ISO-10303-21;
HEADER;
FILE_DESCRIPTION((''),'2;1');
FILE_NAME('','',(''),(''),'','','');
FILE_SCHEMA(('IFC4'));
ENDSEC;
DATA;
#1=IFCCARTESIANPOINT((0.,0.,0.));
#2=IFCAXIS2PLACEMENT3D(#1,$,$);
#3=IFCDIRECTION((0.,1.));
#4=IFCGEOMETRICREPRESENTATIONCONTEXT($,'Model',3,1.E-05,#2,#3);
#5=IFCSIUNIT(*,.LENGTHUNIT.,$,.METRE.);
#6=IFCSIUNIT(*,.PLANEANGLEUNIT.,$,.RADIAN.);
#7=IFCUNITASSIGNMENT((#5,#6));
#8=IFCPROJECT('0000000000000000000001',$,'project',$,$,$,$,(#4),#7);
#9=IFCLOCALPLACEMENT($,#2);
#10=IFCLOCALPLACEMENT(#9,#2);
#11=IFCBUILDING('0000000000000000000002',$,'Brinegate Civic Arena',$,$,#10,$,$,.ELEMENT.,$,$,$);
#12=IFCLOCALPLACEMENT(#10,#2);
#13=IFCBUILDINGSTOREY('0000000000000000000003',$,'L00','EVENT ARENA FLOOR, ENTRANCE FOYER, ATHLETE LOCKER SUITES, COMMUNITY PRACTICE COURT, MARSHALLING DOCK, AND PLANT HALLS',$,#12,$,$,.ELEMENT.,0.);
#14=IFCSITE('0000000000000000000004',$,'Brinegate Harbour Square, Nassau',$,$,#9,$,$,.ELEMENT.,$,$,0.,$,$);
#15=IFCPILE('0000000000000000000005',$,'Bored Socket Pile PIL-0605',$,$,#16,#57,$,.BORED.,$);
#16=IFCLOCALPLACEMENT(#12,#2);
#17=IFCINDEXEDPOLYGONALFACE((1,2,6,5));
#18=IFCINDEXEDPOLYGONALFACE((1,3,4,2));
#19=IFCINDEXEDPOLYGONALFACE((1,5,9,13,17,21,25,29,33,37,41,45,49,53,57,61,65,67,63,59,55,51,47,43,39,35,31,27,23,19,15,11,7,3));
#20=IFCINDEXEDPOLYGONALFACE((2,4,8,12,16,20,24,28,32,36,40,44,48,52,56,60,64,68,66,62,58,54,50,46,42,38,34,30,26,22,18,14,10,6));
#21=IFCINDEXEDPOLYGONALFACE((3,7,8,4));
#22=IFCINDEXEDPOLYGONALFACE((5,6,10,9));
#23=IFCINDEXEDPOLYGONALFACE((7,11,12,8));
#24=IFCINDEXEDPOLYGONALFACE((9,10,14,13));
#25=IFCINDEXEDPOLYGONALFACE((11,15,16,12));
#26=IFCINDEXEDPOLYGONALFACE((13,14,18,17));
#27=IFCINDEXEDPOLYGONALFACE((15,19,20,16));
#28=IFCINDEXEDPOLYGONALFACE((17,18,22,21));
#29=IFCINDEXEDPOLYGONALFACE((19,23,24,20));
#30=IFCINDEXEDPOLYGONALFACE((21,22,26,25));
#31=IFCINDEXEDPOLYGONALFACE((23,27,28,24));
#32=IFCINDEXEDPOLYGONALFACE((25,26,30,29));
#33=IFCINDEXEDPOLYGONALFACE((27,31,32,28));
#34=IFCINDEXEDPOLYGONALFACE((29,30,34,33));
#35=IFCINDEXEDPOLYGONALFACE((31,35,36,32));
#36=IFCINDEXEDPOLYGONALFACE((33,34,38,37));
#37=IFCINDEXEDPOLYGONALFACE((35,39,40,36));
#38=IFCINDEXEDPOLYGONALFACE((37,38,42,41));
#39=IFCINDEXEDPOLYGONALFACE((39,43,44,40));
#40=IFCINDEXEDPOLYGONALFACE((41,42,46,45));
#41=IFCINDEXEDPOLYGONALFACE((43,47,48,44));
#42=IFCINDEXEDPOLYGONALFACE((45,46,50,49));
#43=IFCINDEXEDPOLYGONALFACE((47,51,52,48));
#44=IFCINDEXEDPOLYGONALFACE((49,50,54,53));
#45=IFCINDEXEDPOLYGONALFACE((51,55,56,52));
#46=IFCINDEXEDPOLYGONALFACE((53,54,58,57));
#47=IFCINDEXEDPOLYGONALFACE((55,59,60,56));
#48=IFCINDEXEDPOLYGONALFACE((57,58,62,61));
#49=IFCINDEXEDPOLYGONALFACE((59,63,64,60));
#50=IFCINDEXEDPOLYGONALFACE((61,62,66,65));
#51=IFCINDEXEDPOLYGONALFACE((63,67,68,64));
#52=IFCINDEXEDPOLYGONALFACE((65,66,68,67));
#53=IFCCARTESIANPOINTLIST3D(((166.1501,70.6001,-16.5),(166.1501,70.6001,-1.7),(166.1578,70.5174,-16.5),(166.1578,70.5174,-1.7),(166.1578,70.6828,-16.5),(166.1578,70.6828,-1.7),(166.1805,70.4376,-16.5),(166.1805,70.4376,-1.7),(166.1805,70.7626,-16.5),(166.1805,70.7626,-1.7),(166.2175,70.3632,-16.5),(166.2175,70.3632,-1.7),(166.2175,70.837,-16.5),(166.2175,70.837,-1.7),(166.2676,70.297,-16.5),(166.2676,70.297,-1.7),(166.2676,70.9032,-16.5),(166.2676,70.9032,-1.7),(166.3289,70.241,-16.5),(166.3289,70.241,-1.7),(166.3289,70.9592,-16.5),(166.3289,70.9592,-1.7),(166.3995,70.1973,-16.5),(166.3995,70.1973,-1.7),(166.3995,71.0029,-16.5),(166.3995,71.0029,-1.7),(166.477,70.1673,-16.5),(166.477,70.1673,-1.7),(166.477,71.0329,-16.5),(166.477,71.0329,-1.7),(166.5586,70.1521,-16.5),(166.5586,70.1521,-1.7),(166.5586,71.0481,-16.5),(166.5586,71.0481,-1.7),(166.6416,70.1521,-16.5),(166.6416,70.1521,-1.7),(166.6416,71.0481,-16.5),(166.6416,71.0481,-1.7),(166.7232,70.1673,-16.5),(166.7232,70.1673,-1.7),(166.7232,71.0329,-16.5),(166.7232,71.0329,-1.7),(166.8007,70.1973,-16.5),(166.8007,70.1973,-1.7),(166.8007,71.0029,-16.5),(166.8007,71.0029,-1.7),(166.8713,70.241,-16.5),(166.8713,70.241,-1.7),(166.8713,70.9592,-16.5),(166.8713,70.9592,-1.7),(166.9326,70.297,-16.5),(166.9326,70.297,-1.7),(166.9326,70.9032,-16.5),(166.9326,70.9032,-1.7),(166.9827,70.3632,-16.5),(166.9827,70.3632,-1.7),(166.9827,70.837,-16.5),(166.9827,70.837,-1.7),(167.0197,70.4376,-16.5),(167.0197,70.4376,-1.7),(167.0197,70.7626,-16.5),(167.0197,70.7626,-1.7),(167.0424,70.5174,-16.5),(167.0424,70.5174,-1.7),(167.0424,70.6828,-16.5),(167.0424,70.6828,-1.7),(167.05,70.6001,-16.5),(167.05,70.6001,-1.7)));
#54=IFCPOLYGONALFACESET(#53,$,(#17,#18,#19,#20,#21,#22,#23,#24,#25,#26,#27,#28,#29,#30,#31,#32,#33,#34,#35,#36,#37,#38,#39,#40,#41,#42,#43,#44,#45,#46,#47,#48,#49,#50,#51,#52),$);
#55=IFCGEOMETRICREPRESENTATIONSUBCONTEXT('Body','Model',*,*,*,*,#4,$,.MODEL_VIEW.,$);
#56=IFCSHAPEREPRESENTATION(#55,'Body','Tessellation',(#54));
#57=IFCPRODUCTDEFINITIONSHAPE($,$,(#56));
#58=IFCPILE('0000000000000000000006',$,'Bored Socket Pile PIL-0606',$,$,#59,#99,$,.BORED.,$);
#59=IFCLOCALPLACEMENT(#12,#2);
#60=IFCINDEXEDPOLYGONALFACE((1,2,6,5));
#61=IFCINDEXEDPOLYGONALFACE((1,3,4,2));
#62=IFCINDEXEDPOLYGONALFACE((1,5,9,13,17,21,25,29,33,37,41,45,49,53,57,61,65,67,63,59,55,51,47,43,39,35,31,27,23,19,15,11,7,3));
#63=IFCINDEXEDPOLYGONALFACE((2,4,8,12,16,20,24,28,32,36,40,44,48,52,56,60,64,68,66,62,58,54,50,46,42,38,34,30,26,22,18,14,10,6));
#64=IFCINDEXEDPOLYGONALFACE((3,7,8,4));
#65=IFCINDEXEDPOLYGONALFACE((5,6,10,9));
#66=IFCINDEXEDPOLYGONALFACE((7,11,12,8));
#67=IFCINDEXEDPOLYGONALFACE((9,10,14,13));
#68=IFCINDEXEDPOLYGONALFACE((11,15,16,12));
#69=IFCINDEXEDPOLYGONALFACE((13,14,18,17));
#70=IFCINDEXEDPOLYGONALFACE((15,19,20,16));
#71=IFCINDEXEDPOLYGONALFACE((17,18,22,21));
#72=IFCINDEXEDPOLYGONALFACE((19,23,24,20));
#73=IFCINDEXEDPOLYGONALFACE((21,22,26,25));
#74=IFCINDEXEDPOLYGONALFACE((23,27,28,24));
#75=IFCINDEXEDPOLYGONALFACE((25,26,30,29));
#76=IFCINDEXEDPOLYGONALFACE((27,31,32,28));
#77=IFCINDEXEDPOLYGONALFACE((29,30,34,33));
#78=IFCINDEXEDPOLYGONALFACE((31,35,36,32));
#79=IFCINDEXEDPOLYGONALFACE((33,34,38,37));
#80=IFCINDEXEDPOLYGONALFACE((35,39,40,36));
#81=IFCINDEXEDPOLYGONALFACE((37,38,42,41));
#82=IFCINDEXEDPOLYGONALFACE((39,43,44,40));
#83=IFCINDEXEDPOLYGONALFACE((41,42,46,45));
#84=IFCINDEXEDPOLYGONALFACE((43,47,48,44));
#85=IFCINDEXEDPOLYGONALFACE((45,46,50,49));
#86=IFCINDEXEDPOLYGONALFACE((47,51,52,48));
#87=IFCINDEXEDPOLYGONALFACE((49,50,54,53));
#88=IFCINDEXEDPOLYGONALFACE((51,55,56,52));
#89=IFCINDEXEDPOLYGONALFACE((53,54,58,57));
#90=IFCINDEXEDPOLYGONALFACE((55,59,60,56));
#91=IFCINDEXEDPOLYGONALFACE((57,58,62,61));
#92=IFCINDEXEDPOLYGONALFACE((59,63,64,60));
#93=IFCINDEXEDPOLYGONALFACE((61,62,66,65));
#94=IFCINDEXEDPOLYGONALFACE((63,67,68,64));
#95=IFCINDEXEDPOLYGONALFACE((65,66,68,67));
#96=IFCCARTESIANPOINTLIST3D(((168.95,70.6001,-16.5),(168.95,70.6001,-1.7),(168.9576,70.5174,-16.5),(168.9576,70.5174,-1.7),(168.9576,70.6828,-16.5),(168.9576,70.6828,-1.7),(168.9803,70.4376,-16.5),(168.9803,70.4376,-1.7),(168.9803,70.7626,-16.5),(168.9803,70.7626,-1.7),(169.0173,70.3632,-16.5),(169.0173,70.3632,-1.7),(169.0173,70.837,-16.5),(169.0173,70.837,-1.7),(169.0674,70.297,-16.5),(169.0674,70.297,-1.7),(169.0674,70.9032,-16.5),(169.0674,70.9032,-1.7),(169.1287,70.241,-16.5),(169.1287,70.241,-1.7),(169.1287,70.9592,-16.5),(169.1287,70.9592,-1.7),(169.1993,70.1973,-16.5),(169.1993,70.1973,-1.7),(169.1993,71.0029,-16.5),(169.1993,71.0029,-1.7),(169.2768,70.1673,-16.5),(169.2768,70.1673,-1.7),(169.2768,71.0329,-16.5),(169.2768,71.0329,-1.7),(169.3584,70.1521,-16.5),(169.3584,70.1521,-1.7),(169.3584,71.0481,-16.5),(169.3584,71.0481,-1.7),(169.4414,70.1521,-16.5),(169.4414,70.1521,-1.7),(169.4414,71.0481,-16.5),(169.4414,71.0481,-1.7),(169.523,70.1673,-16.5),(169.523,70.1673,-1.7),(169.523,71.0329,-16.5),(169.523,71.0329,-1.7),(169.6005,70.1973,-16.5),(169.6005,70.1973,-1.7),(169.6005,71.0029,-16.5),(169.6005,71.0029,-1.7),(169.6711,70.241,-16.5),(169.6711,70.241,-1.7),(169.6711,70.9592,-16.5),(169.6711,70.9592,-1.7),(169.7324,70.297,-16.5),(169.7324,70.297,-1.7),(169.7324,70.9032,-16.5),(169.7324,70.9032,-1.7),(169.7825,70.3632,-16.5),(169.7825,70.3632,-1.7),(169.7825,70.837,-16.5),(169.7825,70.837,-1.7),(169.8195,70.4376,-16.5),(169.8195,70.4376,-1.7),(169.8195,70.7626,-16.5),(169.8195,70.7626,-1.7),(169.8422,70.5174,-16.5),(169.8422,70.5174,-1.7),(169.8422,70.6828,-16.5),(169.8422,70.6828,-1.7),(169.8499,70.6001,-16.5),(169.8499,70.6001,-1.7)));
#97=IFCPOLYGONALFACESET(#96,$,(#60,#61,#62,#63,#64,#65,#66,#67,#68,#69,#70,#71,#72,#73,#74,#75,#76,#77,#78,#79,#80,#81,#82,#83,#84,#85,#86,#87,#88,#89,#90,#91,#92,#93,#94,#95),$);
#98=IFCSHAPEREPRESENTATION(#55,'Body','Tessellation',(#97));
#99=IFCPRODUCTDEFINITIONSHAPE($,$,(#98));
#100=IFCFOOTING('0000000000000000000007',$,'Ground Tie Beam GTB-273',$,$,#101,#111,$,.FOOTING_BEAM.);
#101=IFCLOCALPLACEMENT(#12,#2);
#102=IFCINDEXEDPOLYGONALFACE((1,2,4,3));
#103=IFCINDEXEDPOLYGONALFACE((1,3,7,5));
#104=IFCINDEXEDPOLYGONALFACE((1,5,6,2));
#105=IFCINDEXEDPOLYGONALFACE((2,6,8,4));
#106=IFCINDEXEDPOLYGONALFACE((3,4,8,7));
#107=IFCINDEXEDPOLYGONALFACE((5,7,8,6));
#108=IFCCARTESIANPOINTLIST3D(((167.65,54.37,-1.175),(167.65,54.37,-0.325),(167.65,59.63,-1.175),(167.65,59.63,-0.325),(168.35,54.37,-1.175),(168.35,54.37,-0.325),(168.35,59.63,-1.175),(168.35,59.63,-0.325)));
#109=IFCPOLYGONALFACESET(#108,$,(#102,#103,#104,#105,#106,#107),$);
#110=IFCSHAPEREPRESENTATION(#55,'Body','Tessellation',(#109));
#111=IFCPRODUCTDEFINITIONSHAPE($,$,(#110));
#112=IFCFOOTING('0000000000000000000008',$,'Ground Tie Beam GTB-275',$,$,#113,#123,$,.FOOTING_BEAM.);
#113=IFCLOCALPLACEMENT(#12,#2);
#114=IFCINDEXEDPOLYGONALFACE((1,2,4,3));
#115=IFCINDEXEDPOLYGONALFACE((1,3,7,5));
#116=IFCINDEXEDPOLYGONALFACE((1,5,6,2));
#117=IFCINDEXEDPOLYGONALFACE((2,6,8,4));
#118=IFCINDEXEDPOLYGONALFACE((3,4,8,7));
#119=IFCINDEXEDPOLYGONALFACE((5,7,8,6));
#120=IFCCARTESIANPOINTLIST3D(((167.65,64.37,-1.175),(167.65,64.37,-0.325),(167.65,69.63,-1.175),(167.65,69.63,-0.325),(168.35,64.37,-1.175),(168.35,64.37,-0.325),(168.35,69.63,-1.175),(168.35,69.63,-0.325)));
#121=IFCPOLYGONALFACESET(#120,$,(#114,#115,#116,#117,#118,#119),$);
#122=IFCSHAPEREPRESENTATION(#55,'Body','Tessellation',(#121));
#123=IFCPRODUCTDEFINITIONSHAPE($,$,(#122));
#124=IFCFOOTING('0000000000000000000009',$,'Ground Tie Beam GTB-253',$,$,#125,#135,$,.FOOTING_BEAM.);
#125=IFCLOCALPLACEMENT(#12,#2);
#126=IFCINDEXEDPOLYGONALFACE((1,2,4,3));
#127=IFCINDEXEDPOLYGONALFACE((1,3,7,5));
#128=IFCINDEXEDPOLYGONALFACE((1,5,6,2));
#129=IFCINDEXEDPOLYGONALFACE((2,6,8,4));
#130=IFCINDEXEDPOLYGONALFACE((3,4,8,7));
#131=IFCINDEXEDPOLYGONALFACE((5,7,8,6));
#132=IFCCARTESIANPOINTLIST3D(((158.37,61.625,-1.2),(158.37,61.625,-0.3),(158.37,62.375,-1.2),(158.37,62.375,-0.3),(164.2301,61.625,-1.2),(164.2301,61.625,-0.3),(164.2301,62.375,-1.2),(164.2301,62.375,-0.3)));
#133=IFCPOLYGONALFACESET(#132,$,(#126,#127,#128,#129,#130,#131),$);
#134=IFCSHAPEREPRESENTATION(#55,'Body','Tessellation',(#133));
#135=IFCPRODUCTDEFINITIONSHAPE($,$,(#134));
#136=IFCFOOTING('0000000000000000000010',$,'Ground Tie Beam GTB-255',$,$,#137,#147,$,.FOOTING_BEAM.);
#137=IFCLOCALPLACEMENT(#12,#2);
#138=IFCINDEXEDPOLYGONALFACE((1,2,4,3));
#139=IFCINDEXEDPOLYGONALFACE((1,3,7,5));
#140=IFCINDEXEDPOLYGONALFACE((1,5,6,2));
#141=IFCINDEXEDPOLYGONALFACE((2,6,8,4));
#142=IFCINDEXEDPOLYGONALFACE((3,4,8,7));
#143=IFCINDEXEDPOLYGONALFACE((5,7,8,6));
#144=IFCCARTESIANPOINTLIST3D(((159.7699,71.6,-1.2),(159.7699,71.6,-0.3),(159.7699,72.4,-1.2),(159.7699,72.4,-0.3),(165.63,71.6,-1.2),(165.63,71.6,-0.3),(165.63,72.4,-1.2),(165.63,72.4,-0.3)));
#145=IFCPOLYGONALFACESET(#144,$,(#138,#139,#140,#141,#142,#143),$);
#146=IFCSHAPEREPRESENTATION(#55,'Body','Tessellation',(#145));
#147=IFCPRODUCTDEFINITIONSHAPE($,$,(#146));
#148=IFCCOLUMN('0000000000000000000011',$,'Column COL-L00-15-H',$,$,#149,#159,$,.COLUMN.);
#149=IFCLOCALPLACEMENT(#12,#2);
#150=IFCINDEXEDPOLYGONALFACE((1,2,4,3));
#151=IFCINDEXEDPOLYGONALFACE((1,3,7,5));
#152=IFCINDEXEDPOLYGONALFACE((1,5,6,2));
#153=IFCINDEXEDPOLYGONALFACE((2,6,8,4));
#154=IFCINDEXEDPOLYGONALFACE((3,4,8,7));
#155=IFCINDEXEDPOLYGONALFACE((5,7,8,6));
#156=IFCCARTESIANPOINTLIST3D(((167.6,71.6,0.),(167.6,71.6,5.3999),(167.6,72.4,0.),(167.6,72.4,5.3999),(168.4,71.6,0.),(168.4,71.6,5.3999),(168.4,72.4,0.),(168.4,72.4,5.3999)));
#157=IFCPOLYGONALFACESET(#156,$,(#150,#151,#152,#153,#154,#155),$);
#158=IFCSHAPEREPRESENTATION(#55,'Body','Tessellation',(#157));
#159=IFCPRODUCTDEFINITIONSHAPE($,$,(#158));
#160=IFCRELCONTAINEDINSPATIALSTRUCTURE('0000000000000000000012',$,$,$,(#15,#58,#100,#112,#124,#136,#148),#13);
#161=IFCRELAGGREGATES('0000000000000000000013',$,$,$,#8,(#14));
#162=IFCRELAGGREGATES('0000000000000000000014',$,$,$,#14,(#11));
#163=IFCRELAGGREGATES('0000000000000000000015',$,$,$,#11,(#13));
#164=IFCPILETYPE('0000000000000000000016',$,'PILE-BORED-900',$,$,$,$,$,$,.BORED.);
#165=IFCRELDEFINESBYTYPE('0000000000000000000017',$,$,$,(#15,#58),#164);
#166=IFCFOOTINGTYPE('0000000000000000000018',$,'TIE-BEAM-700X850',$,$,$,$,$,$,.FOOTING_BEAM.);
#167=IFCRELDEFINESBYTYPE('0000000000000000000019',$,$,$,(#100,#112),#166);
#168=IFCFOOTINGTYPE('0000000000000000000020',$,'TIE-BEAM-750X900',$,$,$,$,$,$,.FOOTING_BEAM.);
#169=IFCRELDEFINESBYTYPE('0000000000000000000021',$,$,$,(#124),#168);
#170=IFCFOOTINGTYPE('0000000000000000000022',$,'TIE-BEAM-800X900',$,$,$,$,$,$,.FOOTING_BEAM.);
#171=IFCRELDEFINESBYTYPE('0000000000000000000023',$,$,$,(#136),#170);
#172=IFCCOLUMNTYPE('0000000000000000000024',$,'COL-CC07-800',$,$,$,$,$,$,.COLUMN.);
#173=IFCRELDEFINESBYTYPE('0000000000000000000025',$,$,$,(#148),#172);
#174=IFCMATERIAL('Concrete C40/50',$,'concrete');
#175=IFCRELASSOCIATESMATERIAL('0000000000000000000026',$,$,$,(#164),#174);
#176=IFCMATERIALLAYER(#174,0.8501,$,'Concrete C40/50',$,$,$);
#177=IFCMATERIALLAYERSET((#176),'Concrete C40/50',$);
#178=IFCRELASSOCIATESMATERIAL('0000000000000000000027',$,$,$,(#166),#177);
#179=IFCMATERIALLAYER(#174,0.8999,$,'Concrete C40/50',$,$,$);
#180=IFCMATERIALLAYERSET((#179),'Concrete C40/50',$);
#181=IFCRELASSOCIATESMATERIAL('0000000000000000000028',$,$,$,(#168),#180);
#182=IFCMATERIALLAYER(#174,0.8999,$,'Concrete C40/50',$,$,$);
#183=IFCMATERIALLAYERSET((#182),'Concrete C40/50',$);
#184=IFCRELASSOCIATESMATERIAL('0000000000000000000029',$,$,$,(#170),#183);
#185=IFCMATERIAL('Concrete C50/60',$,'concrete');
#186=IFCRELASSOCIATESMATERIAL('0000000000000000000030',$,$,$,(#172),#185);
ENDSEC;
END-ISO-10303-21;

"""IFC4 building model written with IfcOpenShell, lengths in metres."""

from ifc_helpers import new_model, si_unit, direction, frame, origin, origin_2d, place, context, subcontext, project, spatial, rectangle, circle, extrude, material, layer, layer_set, material_profile, profile_set, type_object, element, save


model = new_model("IFC4")

# Units and contexts
model_context = context("Model", 3, precision=1e-05, world=origin(), true_north=direction((0.0, 1.0)))
body_context = subcontext(model_context, "Body", "Model", "MODEL_VIEW")
ifc_project = project(units=[si_unit("LENGTHUNIT", "METRE"), si_unit("PLANEANGLEUNIT", "RADIAN")], contexts=[model_context])

# Site, building, storey
site_placement = place(None, origin())
site = spatial("IfcSite", under=ifc_project, at=site_placement, Name="Brinegate Harbour Square, Nassau", CompositionType="ELEMENT", RefElevation=0.0)
building_placement = place(site_placement, origin())
building = spatial("IfcBuilding", under=site, at=building_placement, Name="Brinegate Civic Arena", CompositionType="ELEMENT")
storey_placement = place(building_placement, origin())
storey = spatial("IfcBuildingStorey", under=building, at=storey_placement, Name="L00", Description="EVENT ARENA FLOOR, ENTRANCE FOYER, ATHLETE LOCKER SUITES, COMMUNITY PRACTICE COURT, MARSHALLING DOCK, AND PLANT HALLS", CompositionType="ELEMENT", Elevation=0.0)

# Shared definitions
ifc_material_1 = material(Name="Concrete C40/50", Category="concrete")

# Piles
ifc_material_profile_1 = material_profile(ifc_material_1, circle(Radius=0.45, at=origin_2d()), Name="PILED900")
ifc_profile_set_1 = profile_set([ifc_material_profile_1], Name="Concrete C40/50")
pile_type_1 = type_object("IfcPileType", Name="PILE-BORED-900", PredefinedType="BORED", material=ifc_profile_set_1)
for number, where, z_axis, x_axis, name in (
    (1, (166.6001, 70.6001, -1.7), (0.0, 0.0, -1.0), (1.0, 0.0, 0.0), "Bored Socket Pile PIL-0605"),
    (2, (169.3999, 70.6001, -1.7), (0.0, 0.0, -1.0), (1.0, 0.0, 0.0), "Bored Socket Pile PIL-0606"),
):
    element("IfcPile", number, at=place(storey_placement, frame(where, z_axis=z_axis, x_axis=x_axis)), inside=storey, type_object=pile_type_1, Name=name, PredefinedType="BORED", context=body_context, shape_type="SweptSolid", body=[
        extrude(circle(Radius=0.45, at=origin_2d()), origin(), (0.0, 0.0, 1.0), 14.8),
    ])

# Footings
ifc_layer_1 = layer(ifc_material_1, 0.8501, Name="Concrete C40/50")
ifc_layer_set_1 = layer_set([ifc_layer_1], Name="Concrete C40/50")
footing_type_1 = type_object("IfcFootingType", Name="TIE-BEAM-700X850", PredefinedType="FOOTING_BEAM", material=ifc_layer_set_1)
for number, where, z_axis, x_axis, name in (
    (3, (168.0, 57.0, -1.175), (0.0, 0.0, 1.0), (0.0, 1.0, 0.0), "Ground Tie Beam GTB-273"),
    (4, (168.0, 67.0, -1.175), (0.0, 0.0, 1.0), (0.0, 1.0, 0.0), "Ground Tie Beam GTB-275"),
):
    element("IfcFooting", number, at=place(storey_placement, frame(where, z_axis=z_axis, x_axis=x_axis)), inside=storey, type_object=footing_type_1, Name=name, PredefinedType="FOOTING_BEAM", context=body_context, shape_type="SweptSolid", body=[
        extrude(rectangle(XDim=5.26, YDim=0.7, at=origin_2d()), origin(), (0.0, 0.0, 1.0), 0.8501),
    ])
ifc_layer_2 = layer(ifc_material_1, 0.8999, Name="Concrete C40/50")
ifc_layer_set_2 = layer_set([ifc_layer_2], Name="Concrete C40/50")
footing_type_2 = type_object("IfcFootingType", Name="TIE-BEAM-750X900", PredefinedType="FOOTING_BEAM", material=ifc_layer_set_2)
footing_1_placement = place(storey_placement, frame((161.3, 62.0, -1.2), z_axis=(0.0, 0.0, 1.0), x_axis=(1.0, 0.0, 0.0)))
element("IfcFooting", 5, at=footing_1_placement, inside=storey, type_object=footing_type_2, Name="Ground Tie Beam GTB-253", PredefinedType="FOOTING_BEAM", context=body_context, shape_type="SweptSolid", body=[
    extrude(rectangle(XDim=5.8601, YDim=0.75, at=origin_2d()), origin(), (0.0, 0.0, 1.0), 0.8999),
])
ifc_layer_3 = layer(ifc_material_1, 0.8999, Name="Concrete C40/50")
ifc_layer_set_3 = layer_set([ifc_layer_3], Name="Concrete C40/50")
footing_type_3 = type_object("IfcFootingType", Name="TIE-BEAM-800X900", PredefinedType="FOOTING_BEAM", material=ifc_layer_set_3)
footing_2_placement = place(storey_placement, frame((162.7, 72.0, -1.2), z_axis=(0.0, 0.0, 1.0), x_axis=(1.0, 0.0, 0.0)))
element("IfcFooting", 6, at=footing_2_placement, inside=storey, type_object=footing_type_3, Name="Ground Tie Beam GTB-255", PredefinedType="FOOTING_BEAM", context=body_context, shape_type="SweptSolid", body=[
    extrude(rectangle(XDim=5.8601, YDim=0.8, at=origin_2d()), origin(), (0.0, 0.0, 1.0), 0.8999),
])

# Column
ifc_material_2 = material(Name="Concrete C50/60", Category="concrete")
ifc_material_profile_2 = material_profile(ifc_material_2, rectangle(XDim=0.8, YDim=0.8, at=origin_2d()), Name="RC800X800")
ifc_profile_set_2 = profile_set([ifc_material_profile_2], Name="Concrete C50/60")
column_type_1 = type_object("IfcColumnType", Name="COL-CC07-800", PredefinedType="COLUMN", material=ifc_profile_set_2)
column_1_placement = place(storey_placement, frame((168.0, 72.0, 0.0), z_axis=(0.0, 0.0, 1.0), x_axis=(1.0, 0.0, 0.0)))
element("IfcColumn", 7, at=column_1_placement, inside=storey, type_object=column_type_1, Name="Column COL-L00-15-H", PredefinedType="COLUMN", context=body_context, shape_type="SweptSolid", body=[
    extrude(rectangle(XDim=0.8, YDim=0.8, at=origin_2d()), origin(), (0.0, 0.0, 1.0), 5.3999),
])

save(model, "model.ifc")
